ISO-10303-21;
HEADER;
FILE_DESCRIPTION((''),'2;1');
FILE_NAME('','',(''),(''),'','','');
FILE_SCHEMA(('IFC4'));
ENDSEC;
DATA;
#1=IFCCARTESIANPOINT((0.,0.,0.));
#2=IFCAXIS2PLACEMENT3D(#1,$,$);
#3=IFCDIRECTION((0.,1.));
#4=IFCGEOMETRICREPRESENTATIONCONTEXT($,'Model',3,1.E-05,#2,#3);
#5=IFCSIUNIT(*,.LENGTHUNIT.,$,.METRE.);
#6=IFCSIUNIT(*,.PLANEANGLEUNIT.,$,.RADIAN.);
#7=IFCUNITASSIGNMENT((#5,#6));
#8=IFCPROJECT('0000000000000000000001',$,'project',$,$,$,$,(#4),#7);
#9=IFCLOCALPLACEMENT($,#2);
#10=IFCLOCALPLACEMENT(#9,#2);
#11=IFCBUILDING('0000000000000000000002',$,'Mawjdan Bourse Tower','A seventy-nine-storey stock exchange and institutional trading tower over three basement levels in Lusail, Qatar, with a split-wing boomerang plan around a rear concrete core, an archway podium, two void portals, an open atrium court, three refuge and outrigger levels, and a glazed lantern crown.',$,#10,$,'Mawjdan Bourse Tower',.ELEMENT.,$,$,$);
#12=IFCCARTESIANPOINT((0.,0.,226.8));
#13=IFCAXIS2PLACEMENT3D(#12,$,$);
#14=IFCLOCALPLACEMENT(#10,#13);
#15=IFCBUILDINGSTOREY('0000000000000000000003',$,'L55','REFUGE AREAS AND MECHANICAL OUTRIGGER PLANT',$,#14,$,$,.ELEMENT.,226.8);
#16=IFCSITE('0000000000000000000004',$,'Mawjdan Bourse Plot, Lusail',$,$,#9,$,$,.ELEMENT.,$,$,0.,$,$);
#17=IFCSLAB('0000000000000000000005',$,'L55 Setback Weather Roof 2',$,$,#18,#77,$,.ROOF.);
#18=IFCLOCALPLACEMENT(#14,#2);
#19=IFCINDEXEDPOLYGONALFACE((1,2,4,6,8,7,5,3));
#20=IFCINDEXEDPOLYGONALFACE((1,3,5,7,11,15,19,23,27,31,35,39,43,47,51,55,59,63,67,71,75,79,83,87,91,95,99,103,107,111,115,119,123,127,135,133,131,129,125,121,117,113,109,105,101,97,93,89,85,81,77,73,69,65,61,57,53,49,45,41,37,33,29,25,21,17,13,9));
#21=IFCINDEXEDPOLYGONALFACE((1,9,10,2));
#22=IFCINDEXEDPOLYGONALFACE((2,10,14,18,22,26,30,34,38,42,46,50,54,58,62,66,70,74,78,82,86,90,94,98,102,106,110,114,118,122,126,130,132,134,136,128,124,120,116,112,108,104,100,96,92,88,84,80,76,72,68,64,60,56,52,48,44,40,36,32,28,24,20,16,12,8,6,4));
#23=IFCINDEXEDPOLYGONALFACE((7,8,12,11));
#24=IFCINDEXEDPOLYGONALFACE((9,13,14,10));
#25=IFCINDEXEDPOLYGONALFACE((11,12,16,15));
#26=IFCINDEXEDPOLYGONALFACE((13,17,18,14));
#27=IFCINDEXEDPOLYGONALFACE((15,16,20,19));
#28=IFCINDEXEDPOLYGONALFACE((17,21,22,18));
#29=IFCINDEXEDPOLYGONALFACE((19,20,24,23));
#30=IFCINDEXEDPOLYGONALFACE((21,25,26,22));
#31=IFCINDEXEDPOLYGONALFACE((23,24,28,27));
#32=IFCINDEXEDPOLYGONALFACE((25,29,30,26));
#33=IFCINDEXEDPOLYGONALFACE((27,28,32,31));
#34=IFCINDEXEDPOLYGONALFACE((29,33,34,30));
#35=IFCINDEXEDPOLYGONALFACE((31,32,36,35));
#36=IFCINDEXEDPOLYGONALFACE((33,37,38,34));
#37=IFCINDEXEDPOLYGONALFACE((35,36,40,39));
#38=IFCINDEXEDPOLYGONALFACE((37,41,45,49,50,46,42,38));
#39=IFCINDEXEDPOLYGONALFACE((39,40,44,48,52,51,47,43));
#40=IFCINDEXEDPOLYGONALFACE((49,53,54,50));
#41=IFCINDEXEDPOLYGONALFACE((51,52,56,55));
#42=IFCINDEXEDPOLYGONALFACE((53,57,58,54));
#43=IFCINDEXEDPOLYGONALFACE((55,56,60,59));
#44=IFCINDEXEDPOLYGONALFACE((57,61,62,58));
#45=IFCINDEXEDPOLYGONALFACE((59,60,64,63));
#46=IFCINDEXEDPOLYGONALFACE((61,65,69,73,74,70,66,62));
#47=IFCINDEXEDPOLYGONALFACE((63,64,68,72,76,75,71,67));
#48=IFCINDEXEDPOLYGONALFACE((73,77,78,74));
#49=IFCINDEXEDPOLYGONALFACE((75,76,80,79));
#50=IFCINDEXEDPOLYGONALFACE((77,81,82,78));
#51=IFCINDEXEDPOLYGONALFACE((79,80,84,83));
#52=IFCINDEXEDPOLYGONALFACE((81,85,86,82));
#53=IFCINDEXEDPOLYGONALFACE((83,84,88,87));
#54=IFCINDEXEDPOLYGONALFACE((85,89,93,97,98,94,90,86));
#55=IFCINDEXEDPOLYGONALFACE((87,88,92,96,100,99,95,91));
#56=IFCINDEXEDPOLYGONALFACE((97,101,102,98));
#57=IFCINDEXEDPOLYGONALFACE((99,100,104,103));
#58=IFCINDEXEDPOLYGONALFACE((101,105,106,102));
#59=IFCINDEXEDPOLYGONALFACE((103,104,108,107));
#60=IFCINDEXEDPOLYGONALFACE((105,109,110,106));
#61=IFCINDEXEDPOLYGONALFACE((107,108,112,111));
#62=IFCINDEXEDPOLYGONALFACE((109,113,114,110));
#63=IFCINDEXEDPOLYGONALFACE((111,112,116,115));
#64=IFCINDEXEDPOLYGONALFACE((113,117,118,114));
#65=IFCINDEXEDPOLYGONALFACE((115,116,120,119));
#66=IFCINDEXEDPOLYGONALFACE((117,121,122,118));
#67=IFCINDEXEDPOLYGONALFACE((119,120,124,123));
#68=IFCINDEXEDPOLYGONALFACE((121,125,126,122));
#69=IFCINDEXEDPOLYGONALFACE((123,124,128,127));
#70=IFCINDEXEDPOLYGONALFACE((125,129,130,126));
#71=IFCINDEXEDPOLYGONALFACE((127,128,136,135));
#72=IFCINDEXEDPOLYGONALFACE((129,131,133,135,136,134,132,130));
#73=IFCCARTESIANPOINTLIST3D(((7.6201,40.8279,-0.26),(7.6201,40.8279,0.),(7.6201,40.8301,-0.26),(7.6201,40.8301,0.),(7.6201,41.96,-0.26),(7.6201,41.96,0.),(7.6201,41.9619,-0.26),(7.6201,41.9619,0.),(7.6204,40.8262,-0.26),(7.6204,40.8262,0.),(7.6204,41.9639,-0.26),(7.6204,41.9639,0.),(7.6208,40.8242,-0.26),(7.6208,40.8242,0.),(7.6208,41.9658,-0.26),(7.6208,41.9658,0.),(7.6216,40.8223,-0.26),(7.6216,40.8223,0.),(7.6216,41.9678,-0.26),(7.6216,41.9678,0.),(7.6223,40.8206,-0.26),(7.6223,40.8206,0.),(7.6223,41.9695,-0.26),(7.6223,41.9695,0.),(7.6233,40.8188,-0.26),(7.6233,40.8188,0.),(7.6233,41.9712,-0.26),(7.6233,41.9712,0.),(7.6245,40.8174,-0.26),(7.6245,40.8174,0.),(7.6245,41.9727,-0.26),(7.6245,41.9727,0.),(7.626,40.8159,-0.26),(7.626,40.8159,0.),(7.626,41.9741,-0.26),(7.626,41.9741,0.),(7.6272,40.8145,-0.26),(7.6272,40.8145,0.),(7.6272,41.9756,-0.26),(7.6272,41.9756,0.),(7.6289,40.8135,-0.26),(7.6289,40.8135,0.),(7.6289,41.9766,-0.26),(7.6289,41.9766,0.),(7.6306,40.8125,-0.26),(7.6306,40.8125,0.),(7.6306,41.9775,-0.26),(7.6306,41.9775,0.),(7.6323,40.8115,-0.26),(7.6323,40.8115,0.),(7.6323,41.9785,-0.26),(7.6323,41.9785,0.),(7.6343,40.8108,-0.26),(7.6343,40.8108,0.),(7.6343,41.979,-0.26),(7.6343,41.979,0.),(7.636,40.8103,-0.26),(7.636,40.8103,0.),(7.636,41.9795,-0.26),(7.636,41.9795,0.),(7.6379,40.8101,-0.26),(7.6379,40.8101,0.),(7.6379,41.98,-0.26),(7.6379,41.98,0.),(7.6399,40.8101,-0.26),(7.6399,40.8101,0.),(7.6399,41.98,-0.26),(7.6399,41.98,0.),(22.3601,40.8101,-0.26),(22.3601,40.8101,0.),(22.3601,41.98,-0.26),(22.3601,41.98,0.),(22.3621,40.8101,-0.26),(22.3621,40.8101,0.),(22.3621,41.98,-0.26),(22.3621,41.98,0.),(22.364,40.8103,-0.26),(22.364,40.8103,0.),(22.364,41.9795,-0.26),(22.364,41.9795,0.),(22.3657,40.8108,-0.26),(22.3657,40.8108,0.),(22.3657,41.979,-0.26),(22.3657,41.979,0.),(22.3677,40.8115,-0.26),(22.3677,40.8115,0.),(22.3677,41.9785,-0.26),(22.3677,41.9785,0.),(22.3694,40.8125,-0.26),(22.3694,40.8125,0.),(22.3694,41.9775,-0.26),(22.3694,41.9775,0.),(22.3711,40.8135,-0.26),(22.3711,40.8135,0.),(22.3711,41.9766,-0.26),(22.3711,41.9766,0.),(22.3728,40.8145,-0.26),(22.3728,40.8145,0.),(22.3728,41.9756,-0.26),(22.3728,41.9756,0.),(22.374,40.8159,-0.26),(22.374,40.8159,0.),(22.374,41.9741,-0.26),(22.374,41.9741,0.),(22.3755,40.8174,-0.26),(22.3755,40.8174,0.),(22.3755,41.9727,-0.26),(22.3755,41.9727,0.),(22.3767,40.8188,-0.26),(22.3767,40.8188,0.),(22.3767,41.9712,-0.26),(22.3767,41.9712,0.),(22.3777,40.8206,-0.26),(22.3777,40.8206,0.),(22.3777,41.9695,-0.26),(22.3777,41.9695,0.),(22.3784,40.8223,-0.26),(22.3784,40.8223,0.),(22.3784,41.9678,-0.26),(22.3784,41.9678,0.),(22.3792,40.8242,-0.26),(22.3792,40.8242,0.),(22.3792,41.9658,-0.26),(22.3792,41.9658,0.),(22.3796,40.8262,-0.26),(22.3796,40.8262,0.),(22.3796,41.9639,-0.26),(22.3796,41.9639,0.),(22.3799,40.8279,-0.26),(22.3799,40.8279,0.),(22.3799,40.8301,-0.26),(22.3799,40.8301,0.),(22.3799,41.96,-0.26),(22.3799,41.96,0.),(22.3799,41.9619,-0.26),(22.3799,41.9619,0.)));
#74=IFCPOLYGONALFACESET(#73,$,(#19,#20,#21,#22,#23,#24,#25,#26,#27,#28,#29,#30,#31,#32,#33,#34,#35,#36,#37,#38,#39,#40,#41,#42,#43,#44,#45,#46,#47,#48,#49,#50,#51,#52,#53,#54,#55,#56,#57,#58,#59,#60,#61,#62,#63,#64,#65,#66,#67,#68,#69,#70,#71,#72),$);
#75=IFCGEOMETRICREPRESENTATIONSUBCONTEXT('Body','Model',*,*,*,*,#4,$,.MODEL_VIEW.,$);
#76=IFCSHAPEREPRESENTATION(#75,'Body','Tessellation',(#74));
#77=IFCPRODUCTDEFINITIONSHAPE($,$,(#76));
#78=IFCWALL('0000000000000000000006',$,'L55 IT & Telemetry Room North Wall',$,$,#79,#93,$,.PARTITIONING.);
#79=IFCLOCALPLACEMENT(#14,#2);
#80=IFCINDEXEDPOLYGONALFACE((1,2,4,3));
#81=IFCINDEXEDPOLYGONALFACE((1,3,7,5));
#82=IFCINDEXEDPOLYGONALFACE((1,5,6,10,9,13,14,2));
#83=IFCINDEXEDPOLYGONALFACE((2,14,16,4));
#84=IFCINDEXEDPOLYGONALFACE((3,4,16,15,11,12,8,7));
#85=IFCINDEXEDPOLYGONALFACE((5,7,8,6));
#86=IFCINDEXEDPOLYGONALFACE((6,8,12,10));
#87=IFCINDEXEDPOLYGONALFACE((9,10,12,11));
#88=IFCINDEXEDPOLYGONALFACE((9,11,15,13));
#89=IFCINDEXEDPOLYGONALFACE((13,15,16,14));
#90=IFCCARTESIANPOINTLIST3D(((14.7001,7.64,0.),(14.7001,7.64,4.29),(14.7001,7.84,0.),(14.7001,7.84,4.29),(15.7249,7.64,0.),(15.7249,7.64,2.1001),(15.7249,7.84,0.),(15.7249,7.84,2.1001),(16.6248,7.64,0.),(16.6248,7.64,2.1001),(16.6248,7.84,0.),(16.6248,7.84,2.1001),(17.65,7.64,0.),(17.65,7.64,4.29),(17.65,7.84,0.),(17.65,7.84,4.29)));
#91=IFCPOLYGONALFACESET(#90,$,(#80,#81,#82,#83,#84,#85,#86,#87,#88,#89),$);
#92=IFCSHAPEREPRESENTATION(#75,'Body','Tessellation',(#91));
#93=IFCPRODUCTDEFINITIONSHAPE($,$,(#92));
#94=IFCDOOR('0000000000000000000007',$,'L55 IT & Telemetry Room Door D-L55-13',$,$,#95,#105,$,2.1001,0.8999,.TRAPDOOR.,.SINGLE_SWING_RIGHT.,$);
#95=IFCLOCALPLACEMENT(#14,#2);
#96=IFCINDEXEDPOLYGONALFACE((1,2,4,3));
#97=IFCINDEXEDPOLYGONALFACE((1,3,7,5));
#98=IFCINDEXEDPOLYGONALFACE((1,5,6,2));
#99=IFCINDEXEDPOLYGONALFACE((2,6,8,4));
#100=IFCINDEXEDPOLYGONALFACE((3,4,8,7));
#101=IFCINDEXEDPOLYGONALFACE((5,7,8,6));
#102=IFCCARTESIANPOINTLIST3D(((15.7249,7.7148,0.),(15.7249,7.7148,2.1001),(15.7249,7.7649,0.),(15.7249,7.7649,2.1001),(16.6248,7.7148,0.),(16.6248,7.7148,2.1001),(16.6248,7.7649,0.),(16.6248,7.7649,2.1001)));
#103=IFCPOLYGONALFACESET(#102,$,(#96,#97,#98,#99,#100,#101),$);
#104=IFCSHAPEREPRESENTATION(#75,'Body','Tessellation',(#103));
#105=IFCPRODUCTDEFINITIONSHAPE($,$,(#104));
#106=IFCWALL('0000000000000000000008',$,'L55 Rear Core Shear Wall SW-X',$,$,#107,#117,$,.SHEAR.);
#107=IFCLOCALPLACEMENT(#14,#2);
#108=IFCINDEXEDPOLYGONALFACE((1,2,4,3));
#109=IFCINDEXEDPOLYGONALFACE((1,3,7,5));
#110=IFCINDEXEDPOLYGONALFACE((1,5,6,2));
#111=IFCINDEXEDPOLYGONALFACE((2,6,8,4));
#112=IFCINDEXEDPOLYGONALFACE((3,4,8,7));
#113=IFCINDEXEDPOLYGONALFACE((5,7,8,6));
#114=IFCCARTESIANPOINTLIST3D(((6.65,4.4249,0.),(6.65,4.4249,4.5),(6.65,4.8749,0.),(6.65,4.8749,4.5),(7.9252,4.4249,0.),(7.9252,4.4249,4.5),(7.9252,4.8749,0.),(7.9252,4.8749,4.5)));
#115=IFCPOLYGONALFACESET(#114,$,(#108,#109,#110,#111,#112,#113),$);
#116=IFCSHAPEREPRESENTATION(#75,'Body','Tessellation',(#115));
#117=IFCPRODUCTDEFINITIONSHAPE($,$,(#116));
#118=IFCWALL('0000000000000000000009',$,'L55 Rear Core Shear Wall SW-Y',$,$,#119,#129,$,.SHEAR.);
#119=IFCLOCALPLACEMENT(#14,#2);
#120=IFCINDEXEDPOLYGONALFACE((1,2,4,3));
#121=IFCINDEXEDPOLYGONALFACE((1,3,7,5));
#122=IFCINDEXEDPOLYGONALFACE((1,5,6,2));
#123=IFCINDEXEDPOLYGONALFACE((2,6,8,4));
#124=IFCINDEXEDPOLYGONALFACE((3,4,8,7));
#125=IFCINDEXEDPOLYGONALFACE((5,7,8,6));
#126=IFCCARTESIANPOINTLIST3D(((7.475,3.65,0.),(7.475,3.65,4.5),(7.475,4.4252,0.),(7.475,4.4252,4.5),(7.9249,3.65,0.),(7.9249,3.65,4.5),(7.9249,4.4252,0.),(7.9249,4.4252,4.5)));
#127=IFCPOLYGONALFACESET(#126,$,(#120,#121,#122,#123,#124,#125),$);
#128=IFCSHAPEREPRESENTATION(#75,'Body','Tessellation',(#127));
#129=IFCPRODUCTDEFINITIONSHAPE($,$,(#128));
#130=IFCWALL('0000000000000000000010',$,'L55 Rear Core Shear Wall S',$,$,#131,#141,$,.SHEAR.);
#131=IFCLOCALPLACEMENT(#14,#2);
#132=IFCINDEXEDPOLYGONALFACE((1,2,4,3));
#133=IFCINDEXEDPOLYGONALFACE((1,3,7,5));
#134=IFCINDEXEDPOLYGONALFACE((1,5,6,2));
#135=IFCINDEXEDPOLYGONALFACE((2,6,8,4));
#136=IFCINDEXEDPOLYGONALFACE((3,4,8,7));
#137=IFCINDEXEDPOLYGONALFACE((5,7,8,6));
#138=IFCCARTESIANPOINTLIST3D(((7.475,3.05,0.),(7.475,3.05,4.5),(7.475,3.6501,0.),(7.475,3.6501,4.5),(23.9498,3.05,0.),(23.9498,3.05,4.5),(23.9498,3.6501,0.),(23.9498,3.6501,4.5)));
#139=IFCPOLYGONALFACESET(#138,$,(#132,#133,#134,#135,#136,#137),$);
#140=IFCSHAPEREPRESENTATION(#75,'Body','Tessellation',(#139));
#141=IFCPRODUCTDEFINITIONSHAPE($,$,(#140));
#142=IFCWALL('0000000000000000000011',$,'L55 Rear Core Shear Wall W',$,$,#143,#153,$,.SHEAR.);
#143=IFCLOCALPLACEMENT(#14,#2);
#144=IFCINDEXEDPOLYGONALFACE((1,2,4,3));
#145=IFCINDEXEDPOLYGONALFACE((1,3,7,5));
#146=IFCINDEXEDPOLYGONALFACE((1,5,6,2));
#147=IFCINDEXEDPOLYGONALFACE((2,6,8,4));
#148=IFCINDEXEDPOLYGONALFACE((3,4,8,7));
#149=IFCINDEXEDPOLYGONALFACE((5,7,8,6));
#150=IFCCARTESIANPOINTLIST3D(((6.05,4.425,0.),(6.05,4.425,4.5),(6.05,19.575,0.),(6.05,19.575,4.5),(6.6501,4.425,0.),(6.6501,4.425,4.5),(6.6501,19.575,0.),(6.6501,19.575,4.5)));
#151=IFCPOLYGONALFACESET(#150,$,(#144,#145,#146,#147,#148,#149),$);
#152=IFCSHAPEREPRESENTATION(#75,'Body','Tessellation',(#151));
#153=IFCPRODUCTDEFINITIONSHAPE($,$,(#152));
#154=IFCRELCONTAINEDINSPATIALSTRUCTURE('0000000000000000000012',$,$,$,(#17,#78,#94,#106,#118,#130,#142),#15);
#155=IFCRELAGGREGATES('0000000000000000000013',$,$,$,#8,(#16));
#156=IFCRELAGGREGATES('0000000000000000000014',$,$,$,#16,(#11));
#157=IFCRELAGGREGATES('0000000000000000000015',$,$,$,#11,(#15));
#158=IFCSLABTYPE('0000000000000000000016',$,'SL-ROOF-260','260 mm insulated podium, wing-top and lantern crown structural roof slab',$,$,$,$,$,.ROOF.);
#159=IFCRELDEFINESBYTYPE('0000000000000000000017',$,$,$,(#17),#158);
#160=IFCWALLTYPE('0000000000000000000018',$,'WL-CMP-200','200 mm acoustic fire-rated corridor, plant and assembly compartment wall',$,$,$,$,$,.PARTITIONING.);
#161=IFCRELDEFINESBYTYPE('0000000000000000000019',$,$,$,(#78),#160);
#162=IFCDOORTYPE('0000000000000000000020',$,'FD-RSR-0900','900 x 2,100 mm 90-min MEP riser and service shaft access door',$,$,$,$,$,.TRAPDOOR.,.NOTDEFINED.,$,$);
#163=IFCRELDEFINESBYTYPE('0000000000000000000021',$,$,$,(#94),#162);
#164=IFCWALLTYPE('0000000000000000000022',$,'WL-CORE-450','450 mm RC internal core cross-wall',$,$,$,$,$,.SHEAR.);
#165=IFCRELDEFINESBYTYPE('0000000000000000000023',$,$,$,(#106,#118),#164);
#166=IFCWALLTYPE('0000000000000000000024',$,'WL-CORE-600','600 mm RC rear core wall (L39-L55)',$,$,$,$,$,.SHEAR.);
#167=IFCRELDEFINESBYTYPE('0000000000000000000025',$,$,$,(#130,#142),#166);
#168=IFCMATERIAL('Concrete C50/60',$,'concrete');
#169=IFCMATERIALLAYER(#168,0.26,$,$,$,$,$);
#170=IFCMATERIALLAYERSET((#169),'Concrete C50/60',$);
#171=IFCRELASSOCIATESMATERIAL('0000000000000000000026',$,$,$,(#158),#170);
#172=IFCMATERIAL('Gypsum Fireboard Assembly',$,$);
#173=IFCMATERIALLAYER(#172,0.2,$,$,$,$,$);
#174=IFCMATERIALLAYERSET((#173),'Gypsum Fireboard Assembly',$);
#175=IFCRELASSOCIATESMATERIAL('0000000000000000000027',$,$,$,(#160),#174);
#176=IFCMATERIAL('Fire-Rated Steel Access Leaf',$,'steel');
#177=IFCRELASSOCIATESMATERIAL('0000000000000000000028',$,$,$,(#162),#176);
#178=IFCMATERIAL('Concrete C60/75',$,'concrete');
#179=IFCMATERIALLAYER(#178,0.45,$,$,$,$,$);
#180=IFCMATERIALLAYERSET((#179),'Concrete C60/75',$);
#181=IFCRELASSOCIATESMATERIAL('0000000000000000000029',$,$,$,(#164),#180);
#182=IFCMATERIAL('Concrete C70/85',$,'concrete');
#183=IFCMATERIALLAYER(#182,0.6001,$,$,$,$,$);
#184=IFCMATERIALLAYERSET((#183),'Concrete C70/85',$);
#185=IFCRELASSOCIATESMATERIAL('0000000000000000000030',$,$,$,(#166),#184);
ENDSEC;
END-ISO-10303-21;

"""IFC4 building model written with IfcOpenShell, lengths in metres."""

from ifc_helpers import new_model, si_unit, direction, frame, frame_2d, origin, place, context, subcontext, project, spatial, polyline, rectangle, outline, extrude, material, layer, layer_set, type_object, element, fill, save


model = new_model("IFC4")

# Units and contexts
model_context = context("Model", 3, precision=1e-05, world=origin(), true_north=direction((0.0, 1.0)))
body_context = subcontext(model_context, "Body", "Model", "MODEL_VIEW")
ifc_project = project(units=[si_unit("LENGTHUNIT", "METRE"), si_unit("PLANEANGLEUNIT", "RADIAN")], contexts=[model_context])

# Site, building, storey
site_placement = place(None, origin())
site = spatial("IfcSite", under=ifc_project, at=site_placement, Name="Mawjdan Bourse Plot, Lusail", CompositionType="ELEMENT", RefElevation=0.0)
building_placement = place(site_placement, origin())
building = spatial("IfcBuilding", under=site, at=building_placement, Name="Mawjdan Bourse Tower", Description="A seventy-nine-storey stock exchange and institutional trading tower over three basement levels in Lusail, Qatar, with a split-wing boomerang plan around a rear concrete core, an archway podium, two void portals, an open atrium court, three refuge and outrigger levels, and a glazed lantern crown.", LongName="Mawjdan Bourse Tower", CompositionType="ELEMENT")
storey_placement = place(building_placement, frame((0.0, 0.0, 226.8)))
storey = spatial("IfcBuildingStorey", under=building, at=storey_placement, Name="L55", Description="REFUGE AREAS AND MECHANICAL OUTRIGGER PLANT", CompositionType="ELEMENT", Elevation=226.8)

# Shared definitions
ifc_material_1 = material(Name="Concrete C50/60", Category="concrete")

# Slab
ifc_layer_1 = layer(ifc_material_1, 0.26)
ifc_layer_set_1 = layer_set([ifc_layer_1], Name="Concrete C50/60")
slab_type_1 = type_object("IfcSlabType", Name="SL-ROOF-260", Description="260 mm insulated podium, wing-top and lantern crown structural roof slab", PredefinedType="ROOF", material=ifc_layer_set_1)
slab_1_placement = place(storey_placement, frame((0.0, 0.0, -0.26)))
element("IfcSlab", 1, at=slab_1_placement, inside=storey, type_object=slab_type_1, Name="L55 Setback Weather Roof 2", PredefinedType="ROOF", context=body_context, shape_type="SweptSolid", body=[
    extrude(outline(polyline([(7.6399, 41.98), (7.6379, 41.98), (7.636, 41.9795), (7.6343, 41.979), (7.6323, 41.9785), (7.6306, 41.9775), (7.6289, 41.9766), (7.6272, 41.9756), (7.626, 41.9741), (7.6245, 41.9727), (7.6233, 41.9712), (7.6223, 41.9695), (7.6216, 41.9678), (7.6208, 41.9658), (7.6204, 41.9639), (7.6201, 41.9619), (7.6201, 41.96), (7.6201, 40.8301), (7.6201, 40.8279), (7.6204, 40.8262), (7.6208, 40.8242), (7.6216, 40.8223), (7.6223, 40.8206), (7.6233, 40.8188), (7.6245, 40.8174), (7.626, 40.8159), (7.6272, 40.8145), (7.6289, 40.8135), (7.6306, 40.8125), (7.6323, 40.8115), (7.6343, 40.8108), (7.636, 40.8103), (7.6379, 40.8101), (7.6399, 40.8101), (22.3601, 40.8101), (22.3621, 40.8101), (22.364, 40.8103), (22.3657, 40.8108), (22.3677, 40.8115), (22.3694, 40.8125), (22.3711, 40.8135), (22.3728, 40.8145), (22.374, 40.8159), (22.3755, 40.8174), (22.3767, 40.8188), (22.3777, 40.8206), (22.3784, 40.8223), (22.3792, 40.8242), (22.3796, 40.8262), (22.3799, 40.8279), (22.3799, 40.8301), (22.3799, 41.96), (22.3799, 41.9619), (22.3796, 41.9639), (22.3792, 41.9658), (22.3784, 41.9678), (22.3777, 41.9695), (22.3767, 41.9712), (22.3755, 41.9727), (22.374, 41.9741), (22.3728, 41.9756), (22.3711, 41.9766), (22.3694, 41.9775), (22.3677, 41.9785), (22.3657, 41.979), (22.364, 41.9795), (22.3621, 41.98), (22.3601, 41.98), (7.6399, 41.98)])), origin(), (0.0, 0.0, 1.0), 0.26),
])

# Wall, opening, door
ifc_material_2 = material(Name="Gypsum Fireboard Assembly")
ifc_layer_2 = layer(ifc_material_2, 0.2)
ifc_layer_set_2 = layer_set([ifc_layer_2], Name="Gypsum Fireboard Assembly")
wall_type_1 = type_object("IfcWallType", Name="WL-CMP-200", Description="200 mm acoustic fire-rated corridor, plant and assembly compartment wall", PredefinedType="PARTITIONING", material=ifc_layer_set_2)
wall_1_placement = place(storey_placement, frame((14.7, 7.74, 0.0), z_axis=(0.0, 0.0, 1.0), x_axis=(1.0, 0.0, 0.0)))
wall_1 = element("IfcWall", 2, at=wall_1_placement, inside=storey, type_object=wall_type_1, Name="L55 IT & Telemetry Room North Wall", PredefinedType="PARTITIONING", context=body_context, shape_type="SweptSolid", body=[
    extrude(rectangle(XDim=2.95, YDim=0.2, at=frame_2d((1.4751, 0.0))), origin(), (0.0, 0.0, 1.0), 4.29),
])
opening_1_placement = place(wall_1_placement, frame((1.0249, 0.0, 0.0)))
opening_1 = element("IfcOpeningElement", 3, at=opening_1_placement, cuts=wall_1, PredefinedType="OPENING", context=body_context, shape_type="SweptSolid", body=[
    extrude(rectangle(XDim=0.8999, YDim=2.1001, at=frame_2d((0.45, 1.05))), frame((0.0, 0.1099, 0.0), z_axis=(0.0, -1.0, 0.0), x_axis=(1.0, 0.0, 0.0)), (0.0, 0.0, 1.0), 0.22),
])
ifc_material_3 = material(Name="Fire-Rated Steel Access Leaf", Category="steel")
door_type_1 = type_object("IfcDoorType", Name="FD-RSR-0900", Description="900 x 2,100 mm 90-min MEP riser and service shaft access door", OperationType="NOTDEFINED", PredefinedType="TRAPDOOR", material=ifc_material_3)
door_1_placement = place(opening_1_placement, origin())
door_1 = element("IfcDoor", 4, at=door_1_placement, inside=storey, type_object=door_type_1, Name="L55 IT & Telemetry Room Door D-L55-13", OperationType="SINGLE_SWING_RIGHT", OverallHeight=2.1001, OverallWidth=0.8999, PredefinedType="TRAPDOOR", context=body_context, shape_type="SweptSolid", body=[
    extrude(rectangle(XDim=0.8999, YDim=2.1001, at=frame_2d((0.45, 1.05))), frame((0.0, 0.0249, 0.0), z_axis=(0.0, -1.0, 0.0), x_axis=(1.0, 0.0, 0.0)), (0.0, 0.0, 1.0), 0.05),
])
fill(opening_1, door_1)

# Walls
ifc_material_4 = material(Name="Concrete C60/75", Category="concrete")
ifc_layer_3 = layer(ifc_material_4, 0.45)
ifc_layer_set_3 = layer_set([ifc_layer_3], Name="Concrete C60/75")
wall_type_2 = type_object("IfcWallType", Name="WL-CORE-450", Description="450 mm RC internal core cross-wall", PredefinedType="SHEAR", material=ifc_layer_set_3)
wall_2_placement = place(storey_placement, frame((6.6499, 4.6499, 0.0), z_axis=(0.0, 0.0, 1.0), x_axis=(1.0, 0.0, 0.0)))
element("IfcWall", 5, at=wall_2_placement, inside=storey, type_object=wall_type_2, Name="L55 Rear Core Shear Wall SW-X", PredefinedType="SHEAR", context=body_context, shape_type="SweptSolid", body=[
    extrude(rectangle(XDim=1.2751, YDim=0.45, at=frame_2d((0.6377, 0.0))), origin(), (0.0, 0.0, 1.0), 4.5),
])
wall_3_placement = place(storey_placement, frame((7.7, 3.6499, 0.0), z_axis=(0.0, 0.0, 1.0), x_axis=(0.0, 1.0, 0.0)))
element("IfcWall", 6, at=wall_3_placement, inside=storey, type_object=wall_type_2, Name="L55 Rear Core Shear Wall SW-Y", PredefinedType="SHEAR", context=body_context, shape_type="SweptSolid", body=[
    extrude(rectangle(XDim=0.7751, YDim=0.45, at=frame_2d((0.3877, 0.0))), origin(), (0.0, 0.0, 1.0), 4.5),
])
ifc_material_5 = material(Name="Concrete C70/85", Category="concrete")
ifc_layer_4 = layer(ifc_material_5, 0.6001)
ifc_layer_set_4 = layer_set([ifc_layer_4], Name="Concrete C70/85")
wall_type_3 = type_object("IfcWallType", Name="WL-CORE-600", Description="600 mm RC rear core wall (L39-L55)", PredefinedType="SHEAR", material=ifc_layer_set_4)
wall_4_placement = place(storey_placement, frame((7.4751, 3.3501, 0.0), z_axis=(0.0, 0.0, 1.0), x_axis=(1.0, 0.0, 0.0)))
element("IfcWall", 7, at=wall_4_placement, inside=storey, type_object=wall_type_3, Name="L55 Rear Core Shear Wall S", PredefinedType="SHEAR", context=body_context, shape_type="SweptSolid", body=[
    extrude(rectangle(XDim=16.4749, YDim=0.6001, at=frame_2d((8.2373, 0.0))), origin(), (0.0, 0.0, 1.0), 4.5),
])
wall_5_placement = place(storey_placement, frame((6.3501, 4.425, 0.0), z_axis=(0.0, 0.0, 1.0), x_axis=(0.0, 1.0, 0.0)))
element("IfcWall", 8, at=wall_5_placement, inside=storey, type_object=wall_type_3, Name="L55 Rear Core Shear Wall W", PredefinedType="SHEAR", context=body_context, shape_type="SweptSolid", body=[
    extrude(rectangle(XDim=15.1499, YDim=0.6001, at=frame_2d((7.575, 0.0))), origin(), (0.0, 0.0, 1.0), 4.5),
])

save(model, "model.ifc")
